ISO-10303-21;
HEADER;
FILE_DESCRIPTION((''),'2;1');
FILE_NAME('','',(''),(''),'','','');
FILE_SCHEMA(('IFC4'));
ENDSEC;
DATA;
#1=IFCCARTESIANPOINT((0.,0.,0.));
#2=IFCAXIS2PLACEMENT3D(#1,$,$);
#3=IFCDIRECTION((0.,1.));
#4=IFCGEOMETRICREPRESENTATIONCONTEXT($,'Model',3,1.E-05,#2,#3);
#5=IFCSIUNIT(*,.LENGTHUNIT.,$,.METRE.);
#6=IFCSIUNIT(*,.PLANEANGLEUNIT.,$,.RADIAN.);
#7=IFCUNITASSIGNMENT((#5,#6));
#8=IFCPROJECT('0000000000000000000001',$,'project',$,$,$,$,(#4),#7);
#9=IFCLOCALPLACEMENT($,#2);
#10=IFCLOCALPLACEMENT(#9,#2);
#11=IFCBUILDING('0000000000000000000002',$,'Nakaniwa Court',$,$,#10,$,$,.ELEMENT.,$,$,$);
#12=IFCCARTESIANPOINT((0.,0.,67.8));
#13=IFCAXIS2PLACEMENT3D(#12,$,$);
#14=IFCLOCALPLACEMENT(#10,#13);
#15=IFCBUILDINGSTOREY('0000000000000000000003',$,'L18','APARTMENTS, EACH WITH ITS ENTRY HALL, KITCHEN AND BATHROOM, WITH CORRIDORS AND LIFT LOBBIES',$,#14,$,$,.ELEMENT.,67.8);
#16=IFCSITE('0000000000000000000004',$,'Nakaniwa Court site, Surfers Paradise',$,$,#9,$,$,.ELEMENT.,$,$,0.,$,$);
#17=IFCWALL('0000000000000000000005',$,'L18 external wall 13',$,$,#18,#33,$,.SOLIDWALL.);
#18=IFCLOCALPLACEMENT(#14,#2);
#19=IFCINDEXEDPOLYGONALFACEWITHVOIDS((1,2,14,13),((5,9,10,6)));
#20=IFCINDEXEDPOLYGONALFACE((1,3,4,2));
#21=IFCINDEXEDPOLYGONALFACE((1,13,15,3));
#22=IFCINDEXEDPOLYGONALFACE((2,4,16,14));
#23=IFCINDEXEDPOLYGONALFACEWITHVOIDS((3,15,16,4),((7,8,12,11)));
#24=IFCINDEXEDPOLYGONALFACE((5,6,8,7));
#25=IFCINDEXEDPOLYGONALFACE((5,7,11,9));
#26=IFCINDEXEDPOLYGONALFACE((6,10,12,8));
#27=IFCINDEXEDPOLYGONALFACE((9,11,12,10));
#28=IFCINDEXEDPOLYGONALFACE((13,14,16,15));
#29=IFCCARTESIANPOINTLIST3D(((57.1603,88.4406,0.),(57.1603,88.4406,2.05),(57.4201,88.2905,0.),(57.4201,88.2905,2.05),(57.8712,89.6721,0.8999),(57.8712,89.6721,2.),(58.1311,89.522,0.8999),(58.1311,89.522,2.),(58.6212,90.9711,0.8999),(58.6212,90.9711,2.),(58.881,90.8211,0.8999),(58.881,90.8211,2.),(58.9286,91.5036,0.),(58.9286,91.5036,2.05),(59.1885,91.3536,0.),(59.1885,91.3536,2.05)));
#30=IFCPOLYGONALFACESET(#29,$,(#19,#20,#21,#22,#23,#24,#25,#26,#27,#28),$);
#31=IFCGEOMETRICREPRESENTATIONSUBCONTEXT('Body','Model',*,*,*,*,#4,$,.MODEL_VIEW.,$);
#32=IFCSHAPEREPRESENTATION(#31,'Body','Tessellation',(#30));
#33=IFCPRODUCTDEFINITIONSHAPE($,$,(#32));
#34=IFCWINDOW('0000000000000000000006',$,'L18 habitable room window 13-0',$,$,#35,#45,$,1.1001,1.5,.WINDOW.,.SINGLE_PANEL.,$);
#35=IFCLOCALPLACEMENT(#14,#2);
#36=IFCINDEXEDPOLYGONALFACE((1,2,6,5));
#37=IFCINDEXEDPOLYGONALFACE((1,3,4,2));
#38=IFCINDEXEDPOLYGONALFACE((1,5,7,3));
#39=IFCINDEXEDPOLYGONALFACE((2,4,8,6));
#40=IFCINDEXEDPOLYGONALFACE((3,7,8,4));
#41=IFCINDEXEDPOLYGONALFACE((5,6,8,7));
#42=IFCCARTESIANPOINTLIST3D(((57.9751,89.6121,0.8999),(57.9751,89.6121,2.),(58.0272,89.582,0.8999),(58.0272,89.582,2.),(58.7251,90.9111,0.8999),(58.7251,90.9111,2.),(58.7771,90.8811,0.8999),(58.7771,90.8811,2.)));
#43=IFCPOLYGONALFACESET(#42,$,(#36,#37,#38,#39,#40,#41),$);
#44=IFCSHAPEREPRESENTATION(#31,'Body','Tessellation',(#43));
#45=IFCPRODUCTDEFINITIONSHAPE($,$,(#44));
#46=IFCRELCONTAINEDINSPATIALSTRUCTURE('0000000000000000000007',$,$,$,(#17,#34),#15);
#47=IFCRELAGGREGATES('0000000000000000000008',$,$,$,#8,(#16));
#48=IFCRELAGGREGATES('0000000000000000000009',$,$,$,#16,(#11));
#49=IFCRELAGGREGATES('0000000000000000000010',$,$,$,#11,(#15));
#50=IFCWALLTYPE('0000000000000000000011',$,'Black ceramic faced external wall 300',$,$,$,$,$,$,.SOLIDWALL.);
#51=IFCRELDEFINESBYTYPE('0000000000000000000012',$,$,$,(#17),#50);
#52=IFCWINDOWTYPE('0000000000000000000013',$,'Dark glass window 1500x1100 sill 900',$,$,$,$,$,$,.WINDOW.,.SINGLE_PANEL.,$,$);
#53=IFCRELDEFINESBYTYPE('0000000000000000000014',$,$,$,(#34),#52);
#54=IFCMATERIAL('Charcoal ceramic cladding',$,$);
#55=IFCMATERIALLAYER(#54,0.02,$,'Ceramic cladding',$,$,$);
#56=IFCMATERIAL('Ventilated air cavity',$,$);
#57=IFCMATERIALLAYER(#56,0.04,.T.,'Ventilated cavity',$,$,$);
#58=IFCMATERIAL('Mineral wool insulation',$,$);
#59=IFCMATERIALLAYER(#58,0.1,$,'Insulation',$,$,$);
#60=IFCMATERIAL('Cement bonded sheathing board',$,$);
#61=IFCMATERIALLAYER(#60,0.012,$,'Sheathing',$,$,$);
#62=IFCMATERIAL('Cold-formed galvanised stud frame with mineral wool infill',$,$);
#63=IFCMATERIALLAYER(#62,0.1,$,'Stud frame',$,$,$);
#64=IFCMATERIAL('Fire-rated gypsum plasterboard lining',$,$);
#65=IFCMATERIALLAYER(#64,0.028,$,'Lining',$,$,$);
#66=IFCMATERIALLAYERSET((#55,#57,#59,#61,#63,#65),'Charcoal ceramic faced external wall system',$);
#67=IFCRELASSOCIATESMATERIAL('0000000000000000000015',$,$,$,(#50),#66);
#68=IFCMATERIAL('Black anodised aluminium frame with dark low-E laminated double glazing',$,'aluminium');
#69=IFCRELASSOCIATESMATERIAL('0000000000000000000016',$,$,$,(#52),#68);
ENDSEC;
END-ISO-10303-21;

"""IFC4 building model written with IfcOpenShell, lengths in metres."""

from ifc_helpers import new_model, si_unit, direction, frame, frame_2d, origin, place, context, subcontext, project, spatial, rectangle, extrude, material, layer, layer_set, type_object, element, fill, save


model = new_model("IFC4")

# Units and contexts
model_context = context("Model", 3, precision=1e-05, world=origin(), true_north=direction((0.0, 1.0)))
body_context = subcontext(model_context, "Body", "Model", "MODEL_VIEW")
ifc_project = project(units=[si_unit("LENGTHUNIT", "METRE"), si_unit("PLANEANGLEUNIT", "RADIAN")], contexts=[model_context])

# Site, building, storey
site_placement = place(None, origin())
site = spatial("IfcSite", under=ifc_project, at=site_placement, Name="Nakaniwa Court site, Surfers Paradise", CompositionType="ELEMENT", RefElevation=0.0)
building_placement = place(site_placement, origin())
building = spatial("IfcBuilding", under=site, at=building_placement, Name="Nakaniwa Court", CompositionType="ELEMENT")
storey_placement = place(building_placement, frame((0.0, 0.0, 67.8)))
storey = spatial("IfcBuildingStorey", under=building, at=storey_placement, Name="L18", Description="APARTMENTS, EACH WITH ITS ENTRY HALL, KITCHEN AND BATHROOM, WITH CORRIDORS AND LIFT LOBBIES", CompositionType="ELEMENT", Elevation=67.8)

# Wall, opening, window
ifc_material_1 = material(Name="Charcoal ceramic cladding")
ifc_layer_1 = layer(ifc_material_1, 0.02, Name="Ceramic cladding")
ifc_material_2 = material(Name="Ventilated air cavity")
ifc_layer_2 = layer(ifc_material_2, 0.04, ventilated=True, Name="Ventilated cavity")
ifc_material_3 = material(Name="Mineral wool insulation")
ifc_layer_3 = layer(ifc_material_3, 0.1, Name="Insulation")
ifc_material_4 = material(Name="Cement bonded sheathing board")
ifc_layer_4 = layer(ifc_material_4, 0.012, Name="Sheathing")
ifc_material_5 = material(Name="Cold-formed galvanised stud frame with mineral wool infill")
ifc_layer_5 = layer(ifc_material_5, 0.1, Name="Stud frame")
ifc_material_6 = material(Name="Fire-rated gypsum plasterboard lining")
ifc_layer_6 = layer(ifc_material_6, 0.028, Name="Lining")
ifc_layer_set_1 = layer_set([ifc_layer_1, ifc_layer_2, ifc_layer_3, ifc_layer_4, ifc_layer_5, ifc_layer_6], Name="Charcoal ceramic faced external wall system")
wall_type_1 = type_object("IfcWallType", Name="Black ceramic faced external wall 300", PredefinedType="SOLIDWALL", material=ifc_layer_set_1)
ifc_material_7 = material(Name="Black anodised aluminium frame with dark low-E laminated double glazing", Category="aluminium")
wall_1_placement = place(storey_placement, frame((59.0586, 91.4287, 0.0), z_axis=(0.0, 0.0, 1.0), x_axis=(-0.499977, -0.866038, 0.0)))
wall_1 = element("IfcWall", 1, at=wall_1_placement, inside=storey, type_object=wall_type_1, Name="L18 external wall 13", PredefinedType="SOLIDWALL", context=body_context, shape_type="SweptSolid", body=[
    extrude(rectangle(XDim=3.5369, YDim=0.3, at=frame_2d((1.7686, 0.0))), origin(), (0.0, 0.0, 1.0), 2.05),
])
opening_1_placement = place(wall_1_placement, frame((0.615, 0.0, 0.8999)))
opening_1 = element("IfcOpeningElement", 2, at=opening_1_placement, cuts=wall_1, PredefinedType="OPENING", context=body_context, shape_type="SweptSolid", body=[
    extrude(rectangle(XDim=1.5, YDim=1.1001, at=frame_2d((0.75, 0.55))), frame((0.0, 0.1599, 0.0), z_axis=(0.0, -1.0, 0.0), x_axis=(1.0, 0.0, 0.0)), (0.0, 0.0, 1.0), 0.3201),
])
window_type_1 = type_object("IfcWindowType", Name="Dark glass window 1500x1100 sill 900", PartitioningType="SINGLE_PANEL", PredefinedType="WINDOW", material=ifc_material_7)
window_1_placement = place(opening_1_placement, origin())
window_1 = element("IfcWindow", 3, at=window_1_placement, inside=storey, type_object=window_type_1, Name="L18 habitable room window 13-0", OverallHeight=1.1001, OverallWidth=1.5, PartitioningType="SINGLE_PANEL", PredefinedType="WINDOW", context=body_context, shape_type="SweptSolid", body=[
    extrude(rectangle(XDim=1.5, YDim=1.1001, at=frame_2d((0.75, 0.55))), frame((0.0, 0.03, 0.0), z_axis=(0.0, -1.0, 0.0), x_axis=(1.0, 0.0, 0.0)), (0.0, 0.0, 1.0), 0.0601),
])
fill(opening_1, window_1)

save(model, "model.ifc")
